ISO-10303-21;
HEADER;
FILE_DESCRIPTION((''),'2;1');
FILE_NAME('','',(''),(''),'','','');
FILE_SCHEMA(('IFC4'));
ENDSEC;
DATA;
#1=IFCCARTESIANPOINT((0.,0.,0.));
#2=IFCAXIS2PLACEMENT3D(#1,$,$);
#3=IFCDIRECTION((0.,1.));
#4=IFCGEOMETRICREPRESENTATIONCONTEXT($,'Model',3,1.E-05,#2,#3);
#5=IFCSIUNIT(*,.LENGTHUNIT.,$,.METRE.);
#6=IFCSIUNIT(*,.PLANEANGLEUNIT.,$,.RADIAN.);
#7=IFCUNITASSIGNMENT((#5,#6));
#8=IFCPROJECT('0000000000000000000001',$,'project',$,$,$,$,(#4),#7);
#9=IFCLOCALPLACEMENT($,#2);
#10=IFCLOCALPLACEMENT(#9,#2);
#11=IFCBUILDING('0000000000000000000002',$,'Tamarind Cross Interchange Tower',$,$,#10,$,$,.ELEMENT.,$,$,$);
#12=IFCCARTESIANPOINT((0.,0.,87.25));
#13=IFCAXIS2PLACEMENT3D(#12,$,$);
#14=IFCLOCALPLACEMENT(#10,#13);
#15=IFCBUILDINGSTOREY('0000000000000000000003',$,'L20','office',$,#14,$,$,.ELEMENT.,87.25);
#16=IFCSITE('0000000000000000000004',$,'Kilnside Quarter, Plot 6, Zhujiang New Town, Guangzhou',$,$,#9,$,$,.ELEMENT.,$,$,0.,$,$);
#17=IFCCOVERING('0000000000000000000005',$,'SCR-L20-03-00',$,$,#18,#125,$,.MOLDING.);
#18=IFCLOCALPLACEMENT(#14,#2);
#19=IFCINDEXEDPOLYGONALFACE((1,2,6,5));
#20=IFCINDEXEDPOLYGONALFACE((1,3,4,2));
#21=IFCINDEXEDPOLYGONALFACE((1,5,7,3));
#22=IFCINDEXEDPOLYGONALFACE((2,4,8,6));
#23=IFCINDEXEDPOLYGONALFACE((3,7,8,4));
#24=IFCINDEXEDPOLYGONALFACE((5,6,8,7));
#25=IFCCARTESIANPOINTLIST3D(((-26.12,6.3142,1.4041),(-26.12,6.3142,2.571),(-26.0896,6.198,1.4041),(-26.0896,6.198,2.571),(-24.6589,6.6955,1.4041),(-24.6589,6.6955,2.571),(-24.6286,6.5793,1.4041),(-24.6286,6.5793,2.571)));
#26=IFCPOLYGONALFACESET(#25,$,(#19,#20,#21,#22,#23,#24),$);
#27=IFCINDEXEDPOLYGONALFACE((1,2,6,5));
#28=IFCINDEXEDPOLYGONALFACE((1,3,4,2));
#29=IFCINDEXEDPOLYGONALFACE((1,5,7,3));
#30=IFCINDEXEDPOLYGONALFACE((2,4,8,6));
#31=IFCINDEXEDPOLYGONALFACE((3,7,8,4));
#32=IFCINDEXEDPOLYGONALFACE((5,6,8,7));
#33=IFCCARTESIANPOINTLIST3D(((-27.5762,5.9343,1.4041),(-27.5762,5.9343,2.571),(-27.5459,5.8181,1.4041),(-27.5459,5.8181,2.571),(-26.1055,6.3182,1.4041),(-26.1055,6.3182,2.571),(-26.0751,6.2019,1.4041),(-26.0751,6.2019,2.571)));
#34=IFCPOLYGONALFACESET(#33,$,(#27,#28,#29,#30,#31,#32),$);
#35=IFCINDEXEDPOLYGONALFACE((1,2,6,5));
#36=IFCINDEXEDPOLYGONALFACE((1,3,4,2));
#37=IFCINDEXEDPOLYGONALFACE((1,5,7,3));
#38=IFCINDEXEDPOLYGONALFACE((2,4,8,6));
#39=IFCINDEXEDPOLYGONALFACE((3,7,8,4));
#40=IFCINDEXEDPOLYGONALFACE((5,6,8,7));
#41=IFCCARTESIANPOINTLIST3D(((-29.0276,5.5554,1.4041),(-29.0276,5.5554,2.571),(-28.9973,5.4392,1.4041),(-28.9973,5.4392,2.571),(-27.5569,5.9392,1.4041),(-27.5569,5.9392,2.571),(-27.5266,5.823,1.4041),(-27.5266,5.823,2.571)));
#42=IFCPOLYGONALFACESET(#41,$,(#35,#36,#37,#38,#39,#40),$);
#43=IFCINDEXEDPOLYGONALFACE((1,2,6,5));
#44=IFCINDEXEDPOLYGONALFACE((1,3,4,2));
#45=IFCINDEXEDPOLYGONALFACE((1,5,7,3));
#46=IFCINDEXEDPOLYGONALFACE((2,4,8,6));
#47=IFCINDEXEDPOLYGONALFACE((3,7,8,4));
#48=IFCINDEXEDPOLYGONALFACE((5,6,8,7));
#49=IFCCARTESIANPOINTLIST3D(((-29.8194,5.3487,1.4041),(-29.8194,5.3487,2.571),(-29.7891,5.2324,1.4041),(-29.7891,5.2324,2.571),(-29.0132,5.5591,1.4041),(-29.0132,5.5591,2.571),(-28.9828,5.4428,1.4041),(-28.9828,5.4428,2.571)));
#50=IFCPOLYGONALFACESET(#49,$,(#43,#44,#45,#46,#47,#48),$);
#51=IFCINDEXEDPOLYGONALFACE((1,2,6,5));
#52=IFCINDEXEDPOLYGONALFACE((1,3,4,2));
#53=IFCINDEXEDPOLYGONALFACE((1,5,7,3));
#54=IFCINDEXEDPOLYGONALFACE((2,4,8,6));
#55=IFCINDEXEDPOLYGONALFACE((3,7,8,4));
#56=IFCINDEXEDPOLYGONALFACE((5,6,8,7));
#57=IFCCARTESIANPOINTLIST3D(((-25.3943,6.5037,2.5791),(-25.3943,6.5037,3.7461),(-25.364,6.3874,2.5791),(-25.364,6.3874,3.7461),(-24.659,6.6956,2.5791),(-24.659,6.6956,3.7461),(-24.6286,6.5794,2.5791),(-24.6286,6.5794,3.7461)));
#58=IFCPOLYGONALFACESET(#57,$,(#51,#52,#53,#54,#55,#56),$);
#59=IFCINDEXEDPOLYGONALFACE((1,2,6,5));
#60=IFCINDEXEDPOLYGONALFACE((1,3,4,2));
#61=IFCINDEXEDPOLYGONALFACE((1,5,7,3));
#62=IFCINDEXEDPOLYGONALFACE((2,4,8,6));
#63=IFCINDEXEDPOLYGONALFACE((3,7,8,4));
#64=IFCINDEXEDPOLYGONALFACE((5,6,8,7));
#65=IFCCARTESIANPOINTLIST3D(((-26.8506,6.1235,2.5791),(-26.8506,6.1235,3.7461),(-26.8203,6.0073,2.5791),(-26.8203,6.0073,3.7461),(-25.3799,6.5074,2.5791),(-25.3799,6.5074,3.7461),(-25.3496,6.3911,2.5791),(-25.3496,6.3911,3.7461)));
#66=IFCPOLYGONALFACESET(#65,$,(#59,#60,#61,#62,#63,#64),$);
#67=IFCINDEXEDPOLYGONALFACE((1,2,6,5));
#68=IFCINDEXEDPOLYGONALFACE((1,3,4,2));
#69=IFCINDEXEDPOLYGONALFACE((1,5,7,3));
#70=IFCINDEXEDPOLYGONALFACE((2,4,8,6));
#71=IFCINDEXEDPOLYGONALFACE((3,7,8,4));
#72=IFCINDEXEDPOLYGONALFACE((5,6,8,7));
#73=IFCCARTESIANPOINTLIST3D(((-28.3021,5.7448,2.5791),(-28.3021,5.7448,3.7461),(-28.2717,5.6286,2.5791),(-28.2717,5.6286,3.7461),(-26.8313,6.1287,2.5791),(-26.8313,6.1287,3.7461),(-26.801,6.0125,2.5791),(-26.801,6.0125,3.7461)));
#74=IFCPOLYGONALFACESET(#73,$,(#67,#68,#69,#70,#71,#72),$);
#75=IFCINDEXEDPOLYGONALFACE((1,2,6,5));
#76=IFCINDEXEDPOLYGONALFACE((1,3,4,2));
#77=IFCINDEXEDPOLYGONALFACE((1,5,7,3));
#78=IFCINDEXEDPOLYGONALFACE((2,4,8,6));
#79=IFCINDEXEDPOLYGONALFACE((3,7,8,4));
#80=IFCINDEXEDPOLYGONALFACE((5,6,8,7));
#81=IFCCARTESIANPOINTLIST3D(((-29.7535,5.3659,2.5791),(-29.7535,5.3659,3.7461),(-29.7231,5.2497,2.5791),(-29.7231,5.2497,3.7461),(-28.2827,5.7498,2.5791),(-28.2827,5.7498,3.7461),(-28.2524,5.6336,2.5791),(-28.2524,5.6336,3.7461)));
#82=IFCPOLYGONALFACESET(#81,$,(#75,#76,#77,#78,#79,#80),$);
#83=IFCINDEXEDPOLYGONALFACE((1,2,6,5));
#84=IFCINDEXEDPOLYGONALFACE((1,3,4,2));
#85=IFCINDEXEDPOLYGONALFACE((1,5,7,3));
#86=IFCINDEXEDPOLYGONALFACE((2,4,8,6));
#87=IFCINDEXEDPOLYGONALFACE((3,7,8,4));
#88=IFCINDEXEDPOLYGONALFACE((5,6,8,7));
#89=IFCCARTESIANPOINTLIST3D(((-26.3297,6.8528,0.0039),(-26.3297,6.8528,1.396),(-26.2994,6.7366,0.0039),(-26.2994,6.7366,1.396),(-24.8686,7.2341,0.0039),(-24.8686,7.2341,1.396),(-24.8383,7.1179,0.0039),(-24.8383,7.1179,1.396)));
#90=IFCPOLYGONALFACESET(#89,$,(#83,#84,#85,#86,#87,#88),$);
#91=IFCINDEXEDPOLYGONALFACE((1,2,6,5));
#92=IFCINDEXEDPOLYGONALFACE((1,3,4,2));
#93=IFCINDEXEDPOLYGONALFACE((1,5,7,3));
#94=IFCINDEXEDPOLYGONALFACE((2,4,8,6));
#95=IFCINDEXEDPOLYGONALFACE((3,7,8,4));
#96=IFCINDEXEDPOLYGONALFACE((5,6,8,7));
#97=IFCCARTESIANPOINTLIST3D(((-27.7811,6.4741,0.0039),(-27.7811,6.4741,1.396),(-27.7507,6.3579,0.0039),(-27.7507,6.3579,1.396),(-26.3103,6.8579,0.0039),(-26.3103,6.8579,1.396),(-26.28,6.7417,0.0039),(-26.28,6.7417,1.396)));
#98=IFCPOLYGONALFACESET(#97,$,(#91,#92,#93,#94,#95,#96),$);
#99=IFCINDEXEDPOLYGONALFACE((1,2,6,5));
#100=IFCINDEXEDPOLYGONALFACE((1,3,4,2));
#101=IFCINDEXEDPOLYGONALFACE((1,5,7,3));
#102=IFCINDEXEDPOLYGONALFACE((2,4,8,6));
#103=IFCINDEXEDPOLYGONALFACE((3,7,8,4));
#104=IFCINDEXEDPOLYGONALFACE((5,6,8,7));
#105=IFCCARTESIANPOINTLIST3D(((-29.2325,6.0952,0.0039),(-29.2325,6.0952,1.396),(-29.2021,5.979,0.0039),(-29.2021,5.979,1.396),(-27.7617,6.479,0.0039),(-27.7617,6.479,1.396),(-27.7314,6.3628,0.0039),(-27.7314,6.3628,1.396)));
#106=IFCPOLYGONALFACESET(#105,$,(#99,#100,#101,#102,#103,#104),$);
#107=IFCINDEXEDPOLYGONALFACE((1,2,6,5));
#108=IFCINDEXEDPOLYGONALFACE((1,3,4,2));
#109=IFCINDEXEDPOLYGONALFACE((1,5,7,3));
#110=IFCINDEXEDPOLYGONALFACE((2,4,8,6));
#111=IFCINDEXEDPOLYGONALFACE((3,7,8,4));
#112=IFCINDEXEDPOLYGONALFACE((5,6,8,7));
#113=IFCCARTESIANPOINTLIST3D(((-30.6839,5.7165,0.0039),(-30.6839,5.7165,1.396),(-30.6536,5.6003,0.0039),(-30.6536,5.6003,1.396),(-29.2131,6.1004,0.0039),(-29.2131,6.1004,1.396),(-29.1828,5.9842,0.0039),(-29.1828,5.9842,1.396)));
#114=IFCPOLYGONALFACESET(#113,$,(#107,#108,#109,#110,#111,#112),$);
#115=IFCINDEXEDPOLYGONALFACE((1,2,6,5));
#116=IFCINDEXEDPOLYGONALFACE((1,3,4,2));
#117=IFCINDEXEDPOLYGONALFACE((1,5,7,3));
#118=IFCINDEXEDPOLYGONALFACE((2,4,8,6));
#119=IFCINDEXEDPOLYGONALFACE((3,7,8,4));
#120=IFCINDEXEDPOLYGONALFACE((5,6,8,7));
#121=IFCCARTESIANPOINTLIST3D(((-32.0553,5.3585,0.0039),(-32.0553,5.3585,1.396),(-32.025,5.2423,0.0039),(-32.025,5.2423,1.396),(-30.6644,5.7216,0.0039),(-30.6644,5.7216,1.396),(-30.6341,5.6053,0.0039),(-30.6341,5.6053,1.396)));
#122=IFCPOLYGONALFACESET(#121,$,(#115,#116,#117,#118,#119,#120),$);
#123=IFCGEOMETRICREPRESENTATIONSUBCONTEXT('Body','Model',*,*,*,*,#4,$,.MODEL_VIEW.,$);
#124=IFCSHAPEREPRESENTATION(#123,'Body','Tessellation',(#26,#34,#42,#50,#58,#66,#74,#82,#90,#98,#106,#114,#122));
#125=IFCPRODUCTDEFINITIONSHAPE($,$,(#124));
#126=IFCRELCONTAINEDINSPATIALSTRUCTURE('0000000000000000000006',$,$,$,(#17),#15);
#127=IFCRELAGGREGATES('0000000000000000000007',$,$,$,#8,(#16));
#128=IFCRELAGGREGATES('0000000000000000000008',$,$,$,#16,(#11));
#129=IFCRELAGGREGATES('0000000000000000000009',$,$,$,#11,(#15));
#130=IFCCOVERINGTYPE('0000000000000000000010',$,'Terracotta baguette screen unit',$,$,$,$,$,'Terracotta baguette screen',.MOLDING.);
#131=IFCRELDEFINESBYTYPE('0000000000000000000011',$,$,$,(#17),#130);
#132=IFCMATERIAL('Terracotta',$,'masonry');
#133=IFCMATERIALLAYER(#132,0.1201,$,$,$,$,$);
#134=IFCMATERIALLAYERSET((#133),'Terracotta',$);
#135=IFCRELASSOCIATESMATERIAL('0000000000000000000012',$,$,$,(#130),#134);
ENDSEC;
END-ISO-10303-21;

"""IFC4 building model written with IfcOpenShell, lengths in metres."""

from ifc_helpers import new_model, si_unit, direction, frame, origin, origin_2d, place, context, subcontext, project, spatial, rectangle, extrude, material, layer, layer_set, type_object, element, save


model = new_model("IFC4")

# Units and contexts
model_context = context("Model", 3, precision=1e-05, world=origin(), true_north=direction((0.0, 1.0)))
body_context = subcontext(model_context, "Body", "Model", "MODEL_VIEW")
ifc_project = project(units=[si_unit("LENGTHUNIT", "METRE"), si_unit("PLANEANGLEUNIT", "RADIAN")], contexts=[model_context])

# Site, building, storey
site_placement = place(None, origin())
site = spatial("IfcSite", under=ifc_project, at=site_placement, Name="Kilnside Quarter, Plot 6, Zhujiang New Town, Guangzhou", CompositionType="ELEMENT", RefElevation=0.0)
building_placement = place(site_placement, origin())
building = spatial("IfcBuilding", under=site, at=building_placement, Name="Tamarind Cross Interchange Tower", CompositionType="ELEMENT")
storey_placement = place(building_placement, frame((0.0, 0.0, 87.25)))
storey = spatial("IfcBuildingStorey", under=building, at=storey_placement, Name="L20", Description="office", CompositionType="ELEMENT", Elevation=87.25)

# Covering
ifc_material_1 = material(Name="Terracotta", Category="masonry")
ifc_layer_1 = layer(ifc_material_1, 0.1201)
ifc_layer_set_1 = layer_set([ifc_layer_1], Name="Terracotta")
covering_type = type_object("IfcCoveringType", Name="Terracotta baguette screen unit", ElementType="Terracotta baguette screen", PredefinedType="MOLDING", material=ifc_layer_set_1)
covering_1_placement = place(storey_placement, origin())
element("IfcCovering", 1, at=covering_1_placement, inside=storey, type_object=covering_type, Name="SCR-L20-03-00", PredefinedType="MOLDING", context=body_context, shape_type="SweptSolid", body=[
    extrude(rectangle(XDim=1.51, YDim=0.1201, at=origin_2d()), frame((-25.3743, 6.4468, 1.4041), z_axis=(0.0, 0.0, 1.0), x_axis=(-0.967589, -0.252529, 0.0)), (0.0, 0.0, 1.0), 1.167),
    extrude(rectangle(XDim=1.52, YDim=0.1201, at=origin_2d()), frame((-26.8257, 6.0681, 1.4041), z_axis=(0.0, 0.0, 1.0), x_axis=(-0.967589, -0.252529, 0.0)), (0.0, 0.0, 1.0), 1.167),
    extrude(rectangle(XDim=1.52, YDim=0.1201, at=origin_2d()), frame((-28.2771, 5.6892, 1.4041), z_axis=(0.0, 0.0, 1.0), x_axis=(-0.967589, -0.252529, 0.0)), (0.0, 0.0, 1.0), 1.167),
    extrude(rectangle(XDim=0.8333, YDim=0.1201, at=origin_2d()), frame((-29.4011, 5.3958, 1.4041), z_axis=(0.0, 0.0, 1.0), x_axis=(-0.967589, -0.252529, 0.0)), (0.0, 0.0, 1.0), 1.167),
    extrude(rectangle(XDim=0.76, YDim=0.1201, at=origin_2d()), frame((-25.0115, 6.5415, 2.5791), z_axis=(0.0, 0.0, 1.0), x_axis=(-0.967589, -0.252529, 0.0)), (0.0, 0.0, 1.0), 1.167),
    extrude(rectangle(XDim=1.52, YDim=0.1201, at=origin_2d()), frame((-26.1001, 6.2573, 2.5791), z_axis=(0.0, 0.0, 1.0), x_axis=(-0.967589, -0.252529, 0.0)), (0.0, 0.0, 1.0), 1.167),
    extrude(rectangle(XDim=1.52, YDim=0.1201, at=origin_2d()), frame((-27.5515, 5.8787, 2.5791), z_axis=(0.0, 0.0, 1.0), x_axis=(-0.967589, -0.252529, 0.0)), (0.0, 0.0, 1.0), 1.167),
    extrude(rectangle(XDim=1.52, YDim=0.1201, at=origin_2d()), frame((-29.0029, 5.4998, 2.5791), z_axis=(0.0, 0.0, 1.0), x_axis=(-0.967589, -0.252529, 0.0)), (0.0, 0.0, 1.0), 1.167),
    extrude(rectangle(XDim=1.51, YDim=0.1201, at=origin_2d()), frame((-25.584, 6.9854, 0.0039), z_axis=(0.0, 0.0, 1.0), x_axis=(-0.967589, -0.252529, 0.0)), (0.0, 0.0, 1.0), 1.3921),
    extrude(rectangle(XDim=1.52, YDim=0.1201, at=origin_2d()), frame((-27.0305, 6.6079, 0.0039), z_axis=(0.0, 0.0, 1.0), x_axis=(-0.967589, -0.252529, 0.0)), (0.0, 0.0, 1.0), 1.3921),
    extrude(rectangle(XDim=1.52, YDim=0.1201, at=origin_2d()), frame((-28.4819, 6.229, 0.0039), z_axis=(0.0, 0.0, 1.0), x_axis=(-0.967589, -0.252529, 0.0)), (0.0, 0.0, 1.0), 1.3921),
    extrude(rectangle(XDim=1.52, YDim=0.1201, at=origin_2d()), frame((-29.9333, 5.8503, 0.0039), z_axis=(0.0, 0.0, 1.0), x_axis=(-0.967589, -0.252529, 0.0)), (0.0, 0.0, 1.0), 1.3921),
    extrude(rectangle(XDim=1.4375, YDim=0.1201, at=origin_2d()), frame((-31.3447, 5.4819, 0.0039), z_axis=(0.0, 0.0, 1.0), x_axis=(-0.967589, -0.252529, 0.0)), (0.0, 0.0, 1.0), 1.3921),
])

save(model, "model.ifc")
